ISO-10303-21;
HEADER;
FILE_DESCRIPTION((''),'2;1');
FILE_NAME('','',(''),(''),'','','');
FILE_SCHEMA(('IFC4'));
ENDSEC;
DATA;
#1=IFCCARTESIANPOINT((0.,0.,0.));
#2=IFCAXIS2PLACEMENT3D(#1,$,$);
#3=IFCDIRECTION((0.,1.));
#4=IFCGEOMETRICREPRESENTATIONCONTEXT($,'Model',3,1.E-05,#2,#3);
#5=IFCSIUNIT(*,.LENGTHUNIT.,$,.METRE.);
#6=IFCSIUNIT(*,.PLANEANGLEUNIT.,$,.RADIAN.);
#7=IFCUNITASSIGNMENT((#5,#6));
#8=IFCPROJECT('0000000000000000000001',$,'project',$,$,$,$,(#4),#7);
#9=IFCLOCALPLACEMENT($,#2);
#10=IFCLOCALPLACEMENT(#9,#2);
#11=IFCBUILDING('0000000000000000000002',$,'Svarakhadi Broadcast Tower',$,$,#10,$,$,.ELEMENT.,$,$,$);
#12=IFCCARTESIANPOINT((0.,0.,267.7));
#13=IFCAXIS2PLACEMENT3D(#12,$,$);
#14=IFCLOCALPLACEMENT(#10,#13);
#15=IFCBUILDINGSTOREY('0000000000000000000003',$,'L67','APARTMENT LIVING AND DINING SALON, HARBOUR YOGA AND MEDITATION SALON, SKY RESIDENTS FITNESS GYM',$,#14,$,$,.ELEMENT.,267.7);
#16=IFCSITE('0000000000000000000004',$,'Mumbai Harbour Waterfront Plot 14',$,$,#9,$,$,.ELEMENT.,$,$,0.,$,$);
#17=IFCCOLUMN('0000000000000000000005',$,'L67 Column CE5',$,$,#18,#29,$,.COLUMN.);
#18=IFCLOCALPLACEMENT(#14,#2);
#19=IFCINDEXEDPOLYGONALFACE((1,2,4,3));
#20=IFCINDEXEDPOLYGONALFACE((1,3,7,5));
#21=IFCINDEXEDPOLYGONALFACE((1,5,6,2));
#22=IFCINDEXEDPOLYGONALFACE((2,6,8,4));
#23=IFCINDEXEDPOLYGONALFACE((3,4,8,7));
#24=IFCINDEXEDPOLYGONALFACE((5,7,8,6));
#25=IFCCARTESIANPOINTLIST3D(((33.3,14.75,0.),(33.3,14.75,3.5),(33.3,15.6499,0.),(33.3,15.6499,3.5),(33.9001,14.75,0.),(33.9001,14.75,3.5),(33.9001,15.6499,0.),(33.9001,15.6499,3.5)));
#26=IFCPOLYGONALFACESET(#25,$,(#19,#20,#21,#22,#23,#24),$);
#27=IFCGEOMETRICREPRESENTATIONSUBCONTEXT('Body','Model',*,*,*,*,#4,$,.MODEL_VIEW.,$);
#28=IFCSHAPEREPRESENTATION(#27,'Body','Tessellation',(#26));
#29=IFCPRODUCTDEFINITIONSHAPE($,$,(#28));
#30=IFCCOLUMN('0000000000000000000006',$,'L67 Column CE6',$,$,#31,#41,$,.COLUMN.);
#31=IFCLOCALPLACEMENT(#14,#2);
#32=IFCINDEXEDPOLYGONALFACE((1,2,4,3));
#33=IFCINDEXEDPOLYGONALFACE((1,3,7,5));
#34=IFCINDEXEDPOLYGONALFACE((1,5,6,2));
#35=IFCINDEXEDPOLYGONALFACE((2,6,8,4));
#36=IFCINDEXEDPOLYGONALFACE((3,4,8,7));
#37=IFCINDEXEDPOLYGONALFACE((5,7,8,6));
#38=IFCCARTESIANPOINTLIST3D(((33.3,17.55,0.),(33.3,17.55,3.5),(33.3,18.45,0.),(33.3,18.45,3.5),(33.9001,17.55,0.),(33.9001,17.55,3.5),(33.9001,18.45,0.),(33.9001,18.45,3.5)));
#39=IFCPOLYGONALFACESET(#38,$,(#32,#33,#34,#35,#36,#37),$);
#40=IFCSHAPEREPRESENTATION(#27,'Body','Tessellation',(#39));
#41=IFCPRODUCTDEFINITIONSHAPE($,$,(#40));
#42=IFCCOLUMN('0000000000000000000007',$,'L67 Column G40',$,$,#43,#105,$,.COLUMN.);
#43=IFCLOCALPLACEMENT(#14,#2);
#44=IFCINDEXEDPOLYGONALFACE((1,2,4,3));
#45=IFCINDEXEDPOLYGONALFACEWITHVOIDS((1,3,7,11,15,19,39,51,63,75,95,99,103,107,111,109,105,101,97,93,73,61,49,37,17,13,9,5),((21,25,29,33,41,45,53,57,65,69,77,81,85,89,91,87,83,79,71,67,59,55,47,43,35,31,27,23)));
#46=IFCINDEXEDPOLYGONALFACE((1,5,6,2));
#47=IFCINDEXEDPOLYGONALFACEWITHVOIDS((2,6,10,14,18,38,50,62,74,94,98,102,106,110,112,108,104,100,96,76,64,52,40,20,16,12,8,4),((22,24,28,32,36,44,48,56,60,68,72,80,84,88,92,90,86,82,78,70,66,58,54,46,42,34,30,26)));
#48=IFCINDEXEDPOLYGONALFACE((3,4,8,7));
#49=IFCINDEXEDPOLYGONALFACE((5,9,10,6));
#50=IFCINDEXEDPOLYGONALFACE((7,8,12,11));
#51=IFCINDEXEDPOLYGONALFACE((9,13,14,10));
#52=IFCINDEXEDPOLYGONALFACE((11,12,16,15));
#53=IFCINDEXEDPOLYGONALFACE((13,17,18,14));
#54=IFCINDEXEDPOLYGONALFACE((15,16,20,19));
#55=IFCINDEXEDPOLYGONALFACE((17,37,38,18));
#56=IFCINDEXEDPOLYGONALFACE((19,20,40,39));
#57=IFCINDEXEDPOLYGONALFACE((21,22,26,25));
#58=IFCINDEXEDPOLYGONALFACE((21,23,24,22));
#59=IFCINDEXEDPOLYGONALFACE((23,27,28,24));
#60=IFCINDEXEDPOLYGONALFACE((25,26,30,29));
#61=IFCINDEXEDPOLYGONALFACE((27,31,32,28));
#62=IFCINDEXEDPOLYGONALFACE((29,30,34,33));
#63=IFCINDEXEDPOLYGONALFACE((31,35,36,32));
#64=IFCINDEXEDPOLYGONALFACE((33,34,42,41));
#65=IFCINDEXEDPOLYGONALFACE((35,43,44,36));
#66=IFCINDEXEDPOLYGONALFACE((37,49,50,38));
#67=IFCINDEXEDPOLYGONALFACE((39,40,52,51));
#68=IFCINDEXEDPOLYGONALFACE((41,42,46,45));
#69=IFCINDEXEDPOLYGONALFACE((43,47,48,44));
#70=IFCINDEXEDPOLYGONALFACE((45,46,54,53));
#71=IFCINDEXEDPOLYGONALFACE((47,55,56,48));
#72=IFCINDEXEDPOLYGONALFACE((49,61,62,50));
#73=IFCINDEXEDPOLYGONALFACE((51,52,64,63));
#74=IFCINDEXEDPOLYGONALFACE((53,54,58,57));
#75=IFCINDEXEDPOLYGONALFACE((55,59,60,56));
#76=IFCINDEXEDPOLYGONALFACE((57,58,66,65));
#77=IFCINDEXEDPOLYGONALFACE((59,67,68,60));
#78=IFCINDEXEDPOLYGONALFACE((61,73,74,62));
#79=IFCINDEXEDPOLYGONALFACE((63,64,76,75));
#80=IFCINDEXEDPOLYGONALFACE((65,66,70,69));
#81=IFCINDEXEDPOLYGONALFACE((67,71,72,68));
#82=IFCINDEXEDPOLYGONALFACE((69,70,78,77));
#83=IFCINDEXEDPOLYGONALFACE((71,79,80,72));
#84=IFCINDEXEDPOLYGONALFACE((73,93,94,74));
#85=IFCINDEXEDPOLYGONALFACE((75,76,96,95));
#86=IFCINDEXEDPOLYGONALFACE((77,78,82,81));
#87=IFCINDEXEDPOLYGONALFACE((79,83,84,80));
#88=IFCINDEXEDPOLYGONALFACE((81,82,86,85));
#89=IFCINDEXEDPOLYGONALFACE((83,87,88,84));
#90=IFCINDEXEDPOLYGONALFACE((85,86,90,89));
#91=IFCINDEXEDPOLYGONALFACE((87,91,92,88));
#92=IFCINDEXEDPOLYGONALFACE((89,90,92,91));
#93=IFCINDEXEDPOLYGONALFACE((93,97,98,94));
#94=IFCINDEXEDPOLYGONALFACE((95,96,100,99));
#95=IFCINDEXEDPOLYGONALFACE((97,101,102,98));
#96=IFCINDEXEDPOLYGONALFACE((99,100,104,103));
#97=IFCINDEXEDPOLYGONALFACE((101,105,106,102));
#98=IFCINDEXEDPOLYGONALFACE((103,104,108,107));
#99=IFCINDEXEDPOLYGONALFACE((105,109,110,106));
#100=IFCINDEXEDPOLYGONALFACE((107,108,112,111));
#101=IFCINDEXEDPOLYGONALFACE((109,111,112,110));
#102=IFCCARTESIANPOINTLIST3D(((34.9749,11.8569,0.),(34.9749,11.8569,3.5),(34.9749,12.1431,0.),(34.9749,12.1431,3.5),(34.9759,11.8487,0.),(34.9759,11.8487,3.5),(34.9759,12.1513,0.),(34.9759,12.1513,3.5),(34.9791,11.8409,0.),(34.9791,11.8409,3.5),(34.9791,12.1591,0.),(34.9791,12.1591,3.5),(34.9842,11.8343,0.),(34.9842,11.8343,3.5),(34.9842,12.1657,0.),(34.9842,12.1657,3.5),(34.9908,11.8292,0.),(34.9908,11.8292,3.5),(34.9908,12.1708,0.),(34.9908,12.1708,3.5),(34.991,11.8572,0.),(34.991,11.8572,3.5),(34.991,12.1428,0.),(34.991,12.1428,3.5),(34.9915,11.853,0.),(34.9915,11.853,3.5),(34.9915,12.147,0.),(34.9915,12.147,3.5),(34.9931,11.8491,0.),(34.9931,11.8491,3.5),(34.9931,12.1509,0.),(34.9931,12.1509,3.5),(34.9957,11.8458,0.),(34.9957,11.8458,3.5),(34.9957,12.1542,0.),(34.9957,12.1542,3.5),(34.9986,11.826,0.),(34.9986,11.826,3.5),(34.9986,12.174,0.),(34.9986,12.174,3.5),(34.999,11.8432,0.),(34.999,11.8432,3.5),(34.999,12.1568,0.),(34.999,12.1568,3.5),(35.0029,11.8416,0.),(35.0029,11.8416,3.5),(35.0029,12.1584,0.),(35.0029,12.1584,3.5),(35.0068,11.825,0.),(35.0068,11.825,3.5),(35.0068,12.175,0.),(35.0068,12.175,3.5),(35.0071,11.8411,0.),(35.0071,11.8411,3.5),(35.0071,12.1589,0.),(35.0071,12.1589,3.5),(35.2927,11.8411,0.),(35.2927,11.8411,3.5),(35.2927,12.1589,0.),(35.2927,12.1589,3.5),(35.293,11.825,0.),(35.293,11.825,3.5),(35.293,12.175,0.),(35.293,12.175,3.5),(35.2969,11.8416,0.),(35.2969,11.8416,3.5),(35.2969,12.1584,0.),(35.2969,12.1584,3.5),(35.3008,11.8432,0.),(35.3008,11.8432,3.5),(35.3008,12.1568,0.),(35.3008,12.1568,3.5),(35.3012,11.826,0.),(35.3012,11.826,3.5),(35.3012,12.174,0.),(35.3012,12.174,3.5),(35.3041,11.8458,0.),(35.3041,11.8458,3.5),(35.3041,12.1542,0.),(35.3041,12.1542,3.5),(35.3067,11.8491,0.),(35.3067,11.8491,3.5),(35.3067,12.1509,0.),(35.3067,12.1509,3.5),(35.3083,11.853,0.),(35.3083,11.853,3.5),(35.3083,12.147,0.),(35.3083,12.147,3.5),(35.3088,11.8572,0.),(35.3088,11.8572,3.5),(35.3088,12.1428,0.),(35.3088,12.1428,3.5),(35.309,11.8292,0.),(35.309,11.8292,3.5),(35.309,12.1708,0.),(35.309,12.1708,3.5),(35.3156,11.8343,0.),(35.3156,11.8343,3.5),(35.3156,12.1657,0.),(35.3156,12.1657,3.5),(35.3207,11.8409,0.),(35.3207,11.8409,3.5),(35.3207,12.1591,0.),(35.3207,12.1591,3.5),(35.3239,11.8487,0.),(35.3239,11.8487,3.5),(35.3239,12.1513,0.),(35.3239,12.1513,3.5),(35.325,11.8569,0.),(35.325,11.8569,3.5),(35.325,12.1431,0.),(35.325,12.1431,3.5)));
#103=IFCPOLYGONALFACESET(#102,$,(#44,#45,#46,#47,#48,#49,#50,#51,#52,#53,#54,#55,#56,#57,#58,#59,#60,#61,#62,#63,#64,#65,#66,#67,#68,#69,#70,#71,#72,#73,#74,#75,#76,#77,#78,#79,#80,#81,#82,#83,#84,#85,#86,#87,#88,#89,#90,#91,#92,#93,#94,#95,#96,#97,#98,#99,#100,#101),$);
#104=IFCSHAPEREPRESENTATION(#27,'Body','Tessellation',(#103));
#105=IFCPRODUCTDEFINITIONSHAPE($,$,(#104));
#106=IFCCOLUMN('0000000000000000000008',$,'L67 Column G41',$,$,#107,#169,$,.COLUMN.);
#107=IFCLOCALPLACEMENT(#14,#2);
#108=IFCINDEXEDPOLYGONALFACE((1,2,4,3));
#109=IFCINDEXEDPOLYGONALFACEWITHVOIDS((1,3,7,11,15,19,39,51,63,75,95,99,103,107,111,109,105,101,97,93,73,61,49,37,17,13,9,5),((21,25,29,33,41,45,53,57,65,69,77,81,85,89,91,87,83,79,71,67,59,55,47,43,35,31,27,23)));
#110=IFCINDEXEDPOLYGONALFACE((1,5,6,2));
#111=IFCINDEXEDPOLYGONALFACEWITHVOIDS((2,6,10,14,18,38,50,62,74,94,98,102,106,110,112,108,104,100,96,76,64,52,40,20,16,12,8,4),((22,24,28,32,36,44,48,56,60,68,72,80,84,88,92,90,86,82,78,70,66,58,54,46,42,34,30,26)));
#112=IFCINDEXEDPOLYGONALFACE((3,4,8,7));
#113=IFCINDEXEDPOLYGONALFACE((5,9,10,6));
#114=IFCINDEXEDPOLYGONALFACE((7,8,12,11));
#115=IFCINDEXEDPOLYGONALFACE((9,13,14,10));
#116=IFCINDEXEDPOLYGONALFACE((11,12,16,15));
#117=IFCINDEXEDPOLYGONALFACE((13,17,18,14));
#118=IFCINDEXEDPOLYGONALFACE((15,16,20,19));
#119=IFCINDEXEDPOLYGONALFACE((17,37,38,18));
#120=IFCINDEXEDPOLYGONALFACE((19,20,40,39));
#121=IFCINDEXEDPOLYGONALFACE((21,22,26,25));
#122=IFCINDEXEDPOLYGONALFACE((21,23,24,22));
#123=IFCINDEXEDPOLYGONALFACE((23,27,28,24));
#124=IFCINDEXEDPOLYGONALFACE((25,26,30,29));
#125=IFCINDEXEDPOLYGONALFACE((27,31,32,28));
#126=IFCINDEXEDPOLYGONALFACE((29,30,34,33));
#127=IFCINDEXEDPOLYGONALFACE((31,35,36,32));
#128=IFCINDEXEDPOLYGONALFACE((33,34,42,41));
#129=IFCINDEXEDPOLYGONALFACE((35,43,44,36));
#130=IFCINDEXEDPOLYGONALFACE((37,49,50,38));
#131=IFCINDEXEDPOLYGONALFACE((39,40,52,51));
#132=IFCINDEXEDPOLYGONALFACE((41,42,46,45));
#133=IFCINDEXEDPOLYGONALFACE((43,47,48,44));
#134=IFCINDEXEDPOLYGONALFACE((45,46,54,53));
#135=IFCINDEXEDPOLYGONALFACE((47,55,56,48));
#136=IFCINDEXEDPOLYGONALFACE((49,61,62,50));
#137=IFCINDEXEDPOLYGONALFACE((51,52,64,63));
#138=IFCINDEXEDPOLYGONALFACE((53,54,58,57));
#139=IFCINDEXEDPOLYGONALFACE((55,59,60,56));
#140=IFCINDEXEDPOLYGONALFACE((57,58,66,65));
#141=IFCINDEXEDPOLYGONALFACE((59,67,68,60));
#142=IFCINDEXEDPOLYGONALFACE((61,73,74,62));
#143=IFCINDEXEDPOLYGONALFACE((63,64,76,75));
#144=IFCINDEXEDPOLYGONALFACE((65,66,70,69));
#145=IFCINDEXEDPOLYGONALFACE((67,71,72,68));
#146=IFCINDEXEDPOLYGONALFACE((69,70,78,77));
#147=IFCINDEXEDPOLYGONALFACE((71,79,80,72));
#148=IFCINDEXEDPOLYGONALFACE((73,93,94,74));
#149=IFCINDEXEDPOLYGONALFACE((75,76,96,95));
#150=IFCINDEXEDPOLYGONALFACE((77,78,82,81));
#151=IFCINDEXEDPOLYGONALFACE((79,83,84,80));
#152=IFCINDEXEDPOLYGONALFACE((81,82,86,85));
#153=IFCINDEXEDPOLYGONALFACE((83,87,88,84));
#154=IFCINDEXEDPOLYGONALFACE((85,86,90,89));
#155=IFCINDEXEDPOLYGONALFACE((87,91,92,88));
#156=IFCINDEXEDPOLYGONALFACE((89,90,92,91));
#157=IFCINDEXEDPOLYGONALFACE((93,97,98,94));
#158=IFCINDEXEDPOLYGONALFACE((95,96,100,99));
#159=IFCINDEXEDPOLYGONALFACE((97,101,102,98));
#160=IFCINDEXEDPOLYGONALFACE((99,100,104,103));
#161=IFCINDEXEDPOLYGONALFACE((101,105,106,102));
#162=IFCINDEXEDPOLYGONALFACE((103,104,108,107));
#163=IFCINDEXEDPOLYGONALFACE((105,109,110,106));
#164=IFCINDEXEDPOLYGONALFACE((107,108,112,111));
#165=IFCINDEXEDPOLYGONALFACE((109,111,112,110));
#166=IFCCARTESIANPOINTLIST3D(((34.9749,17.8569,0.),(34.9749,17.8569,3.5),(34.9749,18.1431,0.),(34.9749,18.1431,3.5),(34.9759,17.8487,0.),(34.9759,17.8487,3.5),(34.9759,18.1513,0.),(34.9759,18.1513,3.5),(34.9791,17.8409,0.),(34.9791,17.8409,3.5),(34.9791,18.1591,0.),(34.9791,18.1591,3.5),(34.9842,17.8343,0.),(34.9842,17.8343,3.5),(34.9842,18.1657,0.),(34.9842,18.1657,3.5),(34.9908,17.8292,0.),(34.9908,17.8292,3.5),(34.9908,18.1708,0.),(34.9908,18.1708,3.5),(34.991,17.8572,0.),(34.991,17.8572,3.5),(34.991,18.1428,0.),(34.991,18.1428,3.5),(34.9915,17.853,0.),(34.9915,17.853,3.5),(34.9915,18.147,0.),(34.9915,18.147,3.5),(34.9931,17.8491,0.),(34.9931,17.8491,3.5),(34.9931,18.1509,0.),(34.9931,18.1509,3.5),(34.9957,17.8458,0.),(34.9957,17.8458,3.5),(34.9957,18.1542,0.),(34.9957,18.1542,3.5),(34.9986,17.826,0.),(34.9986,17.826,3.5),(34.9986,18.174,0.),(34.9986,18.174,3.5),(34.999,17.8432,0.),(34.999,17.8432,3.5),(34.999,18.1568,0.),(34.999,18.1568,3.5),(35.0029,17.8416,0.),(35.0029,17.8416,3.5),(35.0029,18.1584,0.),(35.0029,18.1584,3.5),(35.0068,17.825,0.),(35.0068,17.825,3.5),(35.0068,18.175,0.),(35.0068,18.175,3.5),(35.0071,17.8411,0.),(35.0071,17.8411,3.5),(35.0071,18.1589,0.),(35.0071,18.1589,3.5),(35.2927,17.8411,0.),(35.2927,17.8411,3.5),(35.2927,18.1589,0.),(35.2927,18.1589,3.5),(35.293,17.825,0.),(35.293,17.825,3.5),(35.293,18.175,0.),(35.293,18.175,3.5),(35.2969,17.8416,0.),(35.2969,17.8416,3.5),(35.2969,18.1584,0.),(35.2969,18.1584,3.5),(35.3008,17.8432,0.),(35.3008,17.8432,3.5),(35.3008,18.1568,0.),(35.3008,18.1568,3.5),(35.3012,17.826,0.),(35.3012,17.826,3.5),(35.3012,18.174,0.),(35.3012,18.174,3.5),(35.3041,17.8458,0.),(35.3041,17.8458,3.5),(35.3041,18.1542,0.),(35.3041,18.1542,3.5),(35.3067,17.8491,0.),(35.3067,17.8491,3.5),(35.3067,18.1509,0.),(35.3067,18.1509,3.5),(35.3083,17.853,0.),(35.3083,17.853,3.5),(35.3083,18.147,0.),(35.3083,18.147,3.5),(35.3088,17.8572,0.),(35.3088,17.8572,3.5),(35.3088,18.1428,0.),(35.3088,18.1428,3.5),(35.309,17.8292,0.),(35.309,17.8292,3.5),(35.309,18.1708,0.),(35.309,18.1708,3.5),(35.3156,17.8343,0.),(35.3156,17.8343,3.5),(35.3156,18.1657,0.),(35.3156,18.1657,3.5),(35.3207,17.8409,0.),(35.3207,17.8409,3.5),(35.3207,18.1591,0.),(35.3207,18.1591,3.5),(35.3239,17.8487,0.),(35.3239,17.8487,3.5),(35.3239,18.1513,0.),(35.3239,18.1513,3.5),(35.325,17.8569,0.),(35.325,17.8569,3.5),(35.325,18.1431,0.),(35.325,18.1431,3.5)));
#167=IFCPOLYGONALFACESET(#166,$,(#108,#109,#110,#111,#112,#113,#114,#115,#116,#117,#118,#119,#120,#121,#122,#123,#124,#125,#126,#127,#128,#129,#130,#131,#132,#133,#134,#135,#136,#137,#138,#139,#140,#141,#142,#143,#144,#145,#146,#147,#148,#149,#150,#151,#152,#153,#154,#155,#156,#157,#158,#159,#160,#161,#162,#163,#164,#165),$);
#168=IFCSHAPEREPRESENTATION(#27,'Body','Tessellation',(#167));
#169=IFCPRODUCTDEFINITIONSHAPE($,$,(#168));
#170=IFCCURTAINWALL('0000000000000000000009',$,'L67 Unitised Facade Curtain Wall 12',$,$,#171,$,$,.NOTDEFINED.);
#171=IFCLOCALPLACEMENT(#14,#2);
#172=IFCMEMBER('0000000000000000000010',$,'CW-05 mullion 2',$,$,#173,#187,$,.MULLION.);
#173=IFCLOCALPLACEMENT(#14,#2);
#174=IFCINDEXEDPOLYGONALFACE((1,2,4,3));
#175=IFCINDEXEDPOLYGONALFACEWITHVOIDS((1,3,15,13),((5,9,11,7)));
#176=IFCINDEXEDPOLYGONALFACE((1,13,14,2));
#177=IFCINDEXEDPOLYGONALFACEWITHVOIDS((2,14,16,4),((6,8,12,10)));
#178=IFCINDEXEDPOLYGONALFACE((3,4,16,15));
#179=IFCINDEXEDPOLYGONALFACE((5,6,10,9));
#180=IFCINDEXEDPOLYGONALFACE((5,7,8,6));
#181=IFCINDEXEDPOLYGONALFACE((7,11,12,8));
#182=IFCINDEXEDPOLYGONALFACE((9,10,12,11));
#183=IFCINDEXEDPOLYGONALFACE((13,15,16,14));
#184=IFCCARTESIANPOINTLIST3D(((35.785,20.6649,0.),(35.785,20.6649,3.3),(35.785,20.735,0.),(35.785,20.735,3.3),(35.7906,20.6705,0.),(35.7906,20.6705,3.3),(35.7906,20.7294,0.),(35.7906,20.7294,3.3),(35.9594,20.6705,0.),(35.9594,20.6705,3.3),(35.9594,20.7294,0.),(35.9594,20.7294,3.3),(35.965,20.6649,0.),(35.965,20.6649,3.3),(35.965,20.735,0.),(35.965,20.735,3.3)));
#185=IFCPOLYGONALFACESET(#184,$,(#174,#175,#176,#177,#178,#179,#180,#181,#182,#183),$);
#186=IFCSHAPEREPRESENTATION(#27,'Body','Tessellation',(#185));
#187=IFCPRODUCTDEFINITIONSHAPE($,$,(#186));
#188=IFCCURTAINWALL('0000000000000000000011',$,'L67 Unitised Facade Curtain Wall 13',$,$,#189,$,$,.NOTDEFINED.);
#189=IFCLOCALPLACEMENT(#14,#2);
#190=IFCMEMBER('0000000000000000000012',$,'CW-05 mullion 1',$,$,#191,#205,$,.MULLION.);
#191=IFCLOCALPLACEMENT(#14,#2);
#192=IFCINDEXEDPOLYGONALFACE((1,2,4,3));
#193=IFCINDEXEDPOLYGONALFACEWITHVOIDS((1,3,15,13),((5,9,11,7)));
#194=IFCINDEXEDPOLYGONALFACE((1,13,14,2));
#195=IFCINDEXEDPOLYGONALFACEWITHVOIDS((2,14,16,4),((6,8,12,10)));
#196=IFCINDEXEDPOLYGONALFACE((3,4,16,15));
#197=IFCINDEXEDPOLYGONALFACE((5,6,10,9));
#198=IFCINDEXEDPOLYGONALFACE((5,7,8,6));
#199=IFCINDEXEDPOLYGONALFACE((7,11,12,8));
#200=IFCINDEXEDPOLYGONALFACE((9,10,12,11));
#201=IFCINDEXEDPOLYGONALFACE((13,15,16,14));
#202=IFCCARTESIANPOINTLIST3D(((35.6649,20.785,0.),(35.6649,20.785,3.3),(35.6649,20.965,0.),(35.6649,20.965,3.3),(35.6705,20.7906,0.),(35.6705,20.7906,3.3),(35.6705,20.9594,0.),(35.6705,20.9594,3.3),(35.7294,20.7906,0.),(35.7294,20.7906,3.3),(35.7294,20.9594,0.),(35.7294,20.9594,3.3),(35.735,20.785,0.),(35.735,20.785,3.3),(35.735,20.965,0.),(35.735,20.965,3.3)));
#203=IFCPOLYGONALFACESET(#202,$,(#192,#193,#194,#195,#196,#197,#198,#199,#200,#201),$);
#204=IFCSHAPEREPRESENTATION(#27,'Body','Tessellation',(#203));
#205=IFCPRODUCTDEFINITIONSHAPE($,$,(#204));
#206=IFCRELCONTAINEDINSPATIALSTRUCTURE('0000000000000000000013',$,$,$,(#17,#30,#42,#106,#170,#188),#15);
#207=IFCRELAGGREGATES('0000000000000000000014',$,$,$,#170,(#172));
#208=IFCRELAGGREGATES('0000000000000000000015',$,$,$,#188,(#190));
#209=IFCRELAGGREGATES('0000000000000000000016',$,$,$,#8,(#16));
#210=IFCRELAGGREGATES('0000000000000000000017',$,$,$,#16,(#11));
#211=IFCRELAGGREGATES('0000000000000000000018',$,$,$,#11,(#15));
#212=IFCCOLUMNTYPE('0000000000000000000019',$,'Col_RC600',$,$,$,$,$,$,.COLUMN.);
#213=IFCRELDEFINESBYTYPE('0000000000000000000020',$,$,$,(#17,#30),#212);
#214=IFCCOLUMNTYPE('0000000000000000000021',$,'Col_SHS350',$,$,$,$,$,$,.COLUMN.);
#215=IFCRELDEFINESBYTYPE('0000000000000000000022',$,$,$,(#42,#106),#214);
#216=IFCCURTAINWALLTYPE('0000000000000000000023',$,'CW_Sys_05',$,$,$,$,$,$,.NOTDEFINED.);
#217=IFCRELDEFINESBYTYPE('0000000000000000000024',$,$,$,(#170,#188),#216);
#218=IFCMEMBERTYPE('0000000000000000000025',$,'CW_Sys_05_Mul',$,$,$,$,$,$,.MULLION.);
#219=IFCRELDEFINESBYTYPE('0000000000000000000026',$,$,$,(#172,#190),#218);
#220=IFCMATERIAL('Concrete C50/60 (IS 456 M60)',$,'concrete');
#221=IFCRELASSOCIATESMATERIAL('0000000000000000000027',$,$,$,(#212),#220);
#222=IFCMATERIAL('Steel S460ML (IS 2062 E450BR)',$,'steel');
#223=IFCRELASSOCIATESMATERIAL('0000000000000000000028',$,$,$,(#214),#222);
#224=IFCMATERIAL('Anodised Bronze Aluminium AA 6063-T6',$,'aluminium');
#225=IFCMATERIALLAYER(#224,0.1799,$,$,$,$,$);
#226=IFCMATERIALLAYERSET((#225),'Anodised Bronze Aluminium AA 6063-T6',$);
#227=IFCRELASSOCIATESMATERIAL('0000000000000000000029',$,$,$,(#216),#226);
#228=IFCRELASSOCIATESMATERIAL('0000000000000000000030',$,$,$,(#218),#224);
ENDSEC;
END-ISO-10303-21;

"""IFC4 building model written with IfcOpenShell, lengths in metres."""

from ifc_helpers import new_model, si_unit, direction, frame, origin, origin_2d, place, context, subcontext, project, spatial, rectangle, hollow_rectangle, extrude, material, layer, layer_set, material_profile, profile_set, type_object, element, aggregate, save


model = new_model("IFC4")

# Units and contexts
model_context = context("Model", 3, precision=1e-05, world=origin(), true_north=direction((0.0, 1.0)))
body_context = subcontext(model_context, "Body", "Model", "MODEL_VIEW")
ifc_project = project(units=[si_unit("LENGTHUNIT", "METRE"), si_unit("PLANEANGLEUNIT", "RADIAN")], contexts=[model_context])

# Site, building, storey
site_placement = place(None, origin())
site = spatial("IfcSite", under=ifc_project, at=site_placement, Name="Mumbai Harbour Waterfront Plot 14", CompositionType="ELEMENT", RefElevation=0.0)
building_placement = place(site_placement, origin())
building = spatial("IfcBuilding", under=site, at=building_placement, Name="Svarakhadi Broadcast Tower", CompositionType="ELEMENT")
storey_placement = place(building_placement, frame((0.0, 0.0, 267.7)))
storey = spatial("IfcBuildingStorey", under=building, at=storey_placement, Name="L67", Description="APARTMENT LIVING AND DINING SALON, HARBOUR YOGA AND MEDITATION SALON, SKY RESIDENTS FITNESS GYM", CompositionType="ELEMENT", Elevation=267.7)

# Columns
ifc_material_1 = material(Name="Concrete C50/60 (IS 456 M60)", Category="concrete")
ifc_material_profile_1 = material_profile(ifc_material_1, rectangle(XDim=0.6001, YDim=0.8999, at=origin_2d()), Name="RC 600x900")
ifc_profile_set_1 = profile_set([ifc_material_profile_1], Name="Concrete C50/60 (IS 456 M60)")
column_type_1 = type_object("IfcColumnType", Name="Col_RC600", PredefinedType="COLUMN", material=ifc_profile_set_1)
for number, where, z_axis, x_axis, name in (
    (1, (33.6001, 15.2, 0.0), (0.0, 0.0, 1.0), (1.0, 0.0, 0.0), "L67 Column CE5"),
    (2, (33.6001, 18.0, 0.0), (0.0, 0.0, 1.0), (1.0, 0.0, 0.0), "L67 Column CE6"),
):
    element("IfcColumn", number, at=place(storey_placement, frame(where, z_axis=z_axis, x_axis=x_axis)), inside=storey, type_object=column_type_1, Name=name, PredefinedType="COLUMN", context=body_context, shape_type="SweptSolid", body=[
        extrude(rectangle(XDim=0.6001, YDim=0.8999, at=origin_2d()), origin(), (0.0, 0.0, 1.0), 3.5),
    ])
ifc_material_2 = material(Name="Steel S460ML (IS 2062 E450BR)", Category="steel")
ifc_material_profile_2 = material_profile(ifc_material_2, hollow_rectangle(XDim=0.3501, YDim=0.3501, WallThickness=0.0161, InnerFilletRadius=0.0161, OuterFilletRadius=0.032, at=origin_2d()), Name="SHS 350x350x16")
ifc_profile_set_2 = profile_set([ifc_material_profile_2], Name="Steel S460ML (IS 2062 E450BR)")
column_type_2 = type_object("IfcColumnType", Name="Col_SHS350", PredefinedType="COLUMN", material=ifc_profile_set_2)
for number, where, z_axis, x_axis, name in (
    (3, (35.1499, 12.0, 0.0), (0.0, 0.0, 1.0), (1.0, 0.0, 0.0), "L67 Column G40"),
    (4, (35.1499, 18.0, 0.0), (0.0, 0.0, 1.0), (1.0, 0.0, 0.0), "L67 Column G41"),
):
    element("IfcColumn", number, at=place(storey_placement, frame(where, z_axis=z_axis, x_axis=x_axis)), inside=storey, type_object=column_type_2, Name=name, PredefinedType="COLUMN", context=body_context, shape_type="SweptSolid", body=[
        extrude(hollow_rectangle(XDim=0.3501, YDim=0.3501, WallThickness=0.0161, InnerFilletRadius=0.0161, OuterFilletRadius=0.032, at=origin_2d()), origin(), (0.0, 0.0, 1.0), 3.5),
    ])

# Curtain wall, member
ifc_material_3 = material(Name="Anodised Bronze Aluminium AA 6063-T6", Category="aluminium")
ifc_layer_1 = layer(ifc_material_3, 0.1799)
ifc_layer_set_1 = layer_set([ifc_layer_1], Name="Anodised Bronze Aluminium AA 6063-T6")
curtain_wall_type = type_object("IfcCurtainWallType", Name="CW_Sys_05", PredefinedType="NOTDEFINED", material=ifc_layer_set_1)
curtain_wall_1_placement = place(storey_placement, origin())
curtain_wall_1 = element("IfcCurtainWall", 5, at=curtain_wall_1_placement, inside=storey, type_object=curtain_wall_type, Name="L67 Unitised Facade Curtain Wall 12", PredefinedType="NOTDEFINED")
ifc_material_profile_3 = material_profile(ifc_material_3, hollow_rectangle(XDim=0.0701, YDim=0.1799, WallThickness=0.0056, at=origin_2d()), Name="ALU MULLION 180x70x6")
ifc_profile_set_3 = profile_set([ifc_material_profile_3], Name="Anodised Bronze Aluminium AA 6063-T6")
member_type_1 = type_object("IfcMemberType", Name="CW_Sys_05_Mul", PredefinedType="MULLION", material=ifc_profile_set_3)
member_1_placement = place(storey_placement, frame((35.875, 20.7, 0.0), z_axis=(0.0, 0.0, 1.0), x_axis=(0.0, 1.0, 0.0)))
member_1 = element("IfcMember", 6, at=member_1_placement, type_object=member_type_1, Name="CW-05 mullion 2", PredefinedType="MULLION", context=body_context, shape_type="SweptSolid", body=[
    extrude(hollow_rectangle(XDim=0.0701, YDim=0.1799, WallThickness=0.0056, at=origin_2d()), origin(), (0.0, 0.0, 1.0), 3.3),
])

# Curtain wall, member
curtain_wall_2_placement = place(storey_placement, origin())
curtain_wall_2 = element("IfcCurtainWall", 7, at=curtain_wall_2_placement, inside=storey, type_object=curtain_wall_type, Name="L67 Unitised Facade Curtain Wall 13", PredefinedType="NOTDEFINED")
member_2_placement = place(storey_placement, frame((35.7, 20.875, 0.0), z_axis=(0.0, 0.0, 1.0), x_axis=(1.0, 0.0, 0.0)))
member_2 = element("IfcMember", 8, at=member_2_placement, type_object=member_type_1, Name="CW-05 mullion 1", PredefinedType="MULLION", context=body_context, shape_type="SweptSolid", body=[
    extrude(hollow_rectangle(XDim=0.0701, YDim=0.1799, WallThickness=0.0056, at=origin_2d()), origin(), (0.0, 0.0, 1.0), 3.3),
])

aggregate(curtain_wall_1, [member_1])
aggregate(curtain_wall_2, [member_2])

save(model, "model.ifc")
